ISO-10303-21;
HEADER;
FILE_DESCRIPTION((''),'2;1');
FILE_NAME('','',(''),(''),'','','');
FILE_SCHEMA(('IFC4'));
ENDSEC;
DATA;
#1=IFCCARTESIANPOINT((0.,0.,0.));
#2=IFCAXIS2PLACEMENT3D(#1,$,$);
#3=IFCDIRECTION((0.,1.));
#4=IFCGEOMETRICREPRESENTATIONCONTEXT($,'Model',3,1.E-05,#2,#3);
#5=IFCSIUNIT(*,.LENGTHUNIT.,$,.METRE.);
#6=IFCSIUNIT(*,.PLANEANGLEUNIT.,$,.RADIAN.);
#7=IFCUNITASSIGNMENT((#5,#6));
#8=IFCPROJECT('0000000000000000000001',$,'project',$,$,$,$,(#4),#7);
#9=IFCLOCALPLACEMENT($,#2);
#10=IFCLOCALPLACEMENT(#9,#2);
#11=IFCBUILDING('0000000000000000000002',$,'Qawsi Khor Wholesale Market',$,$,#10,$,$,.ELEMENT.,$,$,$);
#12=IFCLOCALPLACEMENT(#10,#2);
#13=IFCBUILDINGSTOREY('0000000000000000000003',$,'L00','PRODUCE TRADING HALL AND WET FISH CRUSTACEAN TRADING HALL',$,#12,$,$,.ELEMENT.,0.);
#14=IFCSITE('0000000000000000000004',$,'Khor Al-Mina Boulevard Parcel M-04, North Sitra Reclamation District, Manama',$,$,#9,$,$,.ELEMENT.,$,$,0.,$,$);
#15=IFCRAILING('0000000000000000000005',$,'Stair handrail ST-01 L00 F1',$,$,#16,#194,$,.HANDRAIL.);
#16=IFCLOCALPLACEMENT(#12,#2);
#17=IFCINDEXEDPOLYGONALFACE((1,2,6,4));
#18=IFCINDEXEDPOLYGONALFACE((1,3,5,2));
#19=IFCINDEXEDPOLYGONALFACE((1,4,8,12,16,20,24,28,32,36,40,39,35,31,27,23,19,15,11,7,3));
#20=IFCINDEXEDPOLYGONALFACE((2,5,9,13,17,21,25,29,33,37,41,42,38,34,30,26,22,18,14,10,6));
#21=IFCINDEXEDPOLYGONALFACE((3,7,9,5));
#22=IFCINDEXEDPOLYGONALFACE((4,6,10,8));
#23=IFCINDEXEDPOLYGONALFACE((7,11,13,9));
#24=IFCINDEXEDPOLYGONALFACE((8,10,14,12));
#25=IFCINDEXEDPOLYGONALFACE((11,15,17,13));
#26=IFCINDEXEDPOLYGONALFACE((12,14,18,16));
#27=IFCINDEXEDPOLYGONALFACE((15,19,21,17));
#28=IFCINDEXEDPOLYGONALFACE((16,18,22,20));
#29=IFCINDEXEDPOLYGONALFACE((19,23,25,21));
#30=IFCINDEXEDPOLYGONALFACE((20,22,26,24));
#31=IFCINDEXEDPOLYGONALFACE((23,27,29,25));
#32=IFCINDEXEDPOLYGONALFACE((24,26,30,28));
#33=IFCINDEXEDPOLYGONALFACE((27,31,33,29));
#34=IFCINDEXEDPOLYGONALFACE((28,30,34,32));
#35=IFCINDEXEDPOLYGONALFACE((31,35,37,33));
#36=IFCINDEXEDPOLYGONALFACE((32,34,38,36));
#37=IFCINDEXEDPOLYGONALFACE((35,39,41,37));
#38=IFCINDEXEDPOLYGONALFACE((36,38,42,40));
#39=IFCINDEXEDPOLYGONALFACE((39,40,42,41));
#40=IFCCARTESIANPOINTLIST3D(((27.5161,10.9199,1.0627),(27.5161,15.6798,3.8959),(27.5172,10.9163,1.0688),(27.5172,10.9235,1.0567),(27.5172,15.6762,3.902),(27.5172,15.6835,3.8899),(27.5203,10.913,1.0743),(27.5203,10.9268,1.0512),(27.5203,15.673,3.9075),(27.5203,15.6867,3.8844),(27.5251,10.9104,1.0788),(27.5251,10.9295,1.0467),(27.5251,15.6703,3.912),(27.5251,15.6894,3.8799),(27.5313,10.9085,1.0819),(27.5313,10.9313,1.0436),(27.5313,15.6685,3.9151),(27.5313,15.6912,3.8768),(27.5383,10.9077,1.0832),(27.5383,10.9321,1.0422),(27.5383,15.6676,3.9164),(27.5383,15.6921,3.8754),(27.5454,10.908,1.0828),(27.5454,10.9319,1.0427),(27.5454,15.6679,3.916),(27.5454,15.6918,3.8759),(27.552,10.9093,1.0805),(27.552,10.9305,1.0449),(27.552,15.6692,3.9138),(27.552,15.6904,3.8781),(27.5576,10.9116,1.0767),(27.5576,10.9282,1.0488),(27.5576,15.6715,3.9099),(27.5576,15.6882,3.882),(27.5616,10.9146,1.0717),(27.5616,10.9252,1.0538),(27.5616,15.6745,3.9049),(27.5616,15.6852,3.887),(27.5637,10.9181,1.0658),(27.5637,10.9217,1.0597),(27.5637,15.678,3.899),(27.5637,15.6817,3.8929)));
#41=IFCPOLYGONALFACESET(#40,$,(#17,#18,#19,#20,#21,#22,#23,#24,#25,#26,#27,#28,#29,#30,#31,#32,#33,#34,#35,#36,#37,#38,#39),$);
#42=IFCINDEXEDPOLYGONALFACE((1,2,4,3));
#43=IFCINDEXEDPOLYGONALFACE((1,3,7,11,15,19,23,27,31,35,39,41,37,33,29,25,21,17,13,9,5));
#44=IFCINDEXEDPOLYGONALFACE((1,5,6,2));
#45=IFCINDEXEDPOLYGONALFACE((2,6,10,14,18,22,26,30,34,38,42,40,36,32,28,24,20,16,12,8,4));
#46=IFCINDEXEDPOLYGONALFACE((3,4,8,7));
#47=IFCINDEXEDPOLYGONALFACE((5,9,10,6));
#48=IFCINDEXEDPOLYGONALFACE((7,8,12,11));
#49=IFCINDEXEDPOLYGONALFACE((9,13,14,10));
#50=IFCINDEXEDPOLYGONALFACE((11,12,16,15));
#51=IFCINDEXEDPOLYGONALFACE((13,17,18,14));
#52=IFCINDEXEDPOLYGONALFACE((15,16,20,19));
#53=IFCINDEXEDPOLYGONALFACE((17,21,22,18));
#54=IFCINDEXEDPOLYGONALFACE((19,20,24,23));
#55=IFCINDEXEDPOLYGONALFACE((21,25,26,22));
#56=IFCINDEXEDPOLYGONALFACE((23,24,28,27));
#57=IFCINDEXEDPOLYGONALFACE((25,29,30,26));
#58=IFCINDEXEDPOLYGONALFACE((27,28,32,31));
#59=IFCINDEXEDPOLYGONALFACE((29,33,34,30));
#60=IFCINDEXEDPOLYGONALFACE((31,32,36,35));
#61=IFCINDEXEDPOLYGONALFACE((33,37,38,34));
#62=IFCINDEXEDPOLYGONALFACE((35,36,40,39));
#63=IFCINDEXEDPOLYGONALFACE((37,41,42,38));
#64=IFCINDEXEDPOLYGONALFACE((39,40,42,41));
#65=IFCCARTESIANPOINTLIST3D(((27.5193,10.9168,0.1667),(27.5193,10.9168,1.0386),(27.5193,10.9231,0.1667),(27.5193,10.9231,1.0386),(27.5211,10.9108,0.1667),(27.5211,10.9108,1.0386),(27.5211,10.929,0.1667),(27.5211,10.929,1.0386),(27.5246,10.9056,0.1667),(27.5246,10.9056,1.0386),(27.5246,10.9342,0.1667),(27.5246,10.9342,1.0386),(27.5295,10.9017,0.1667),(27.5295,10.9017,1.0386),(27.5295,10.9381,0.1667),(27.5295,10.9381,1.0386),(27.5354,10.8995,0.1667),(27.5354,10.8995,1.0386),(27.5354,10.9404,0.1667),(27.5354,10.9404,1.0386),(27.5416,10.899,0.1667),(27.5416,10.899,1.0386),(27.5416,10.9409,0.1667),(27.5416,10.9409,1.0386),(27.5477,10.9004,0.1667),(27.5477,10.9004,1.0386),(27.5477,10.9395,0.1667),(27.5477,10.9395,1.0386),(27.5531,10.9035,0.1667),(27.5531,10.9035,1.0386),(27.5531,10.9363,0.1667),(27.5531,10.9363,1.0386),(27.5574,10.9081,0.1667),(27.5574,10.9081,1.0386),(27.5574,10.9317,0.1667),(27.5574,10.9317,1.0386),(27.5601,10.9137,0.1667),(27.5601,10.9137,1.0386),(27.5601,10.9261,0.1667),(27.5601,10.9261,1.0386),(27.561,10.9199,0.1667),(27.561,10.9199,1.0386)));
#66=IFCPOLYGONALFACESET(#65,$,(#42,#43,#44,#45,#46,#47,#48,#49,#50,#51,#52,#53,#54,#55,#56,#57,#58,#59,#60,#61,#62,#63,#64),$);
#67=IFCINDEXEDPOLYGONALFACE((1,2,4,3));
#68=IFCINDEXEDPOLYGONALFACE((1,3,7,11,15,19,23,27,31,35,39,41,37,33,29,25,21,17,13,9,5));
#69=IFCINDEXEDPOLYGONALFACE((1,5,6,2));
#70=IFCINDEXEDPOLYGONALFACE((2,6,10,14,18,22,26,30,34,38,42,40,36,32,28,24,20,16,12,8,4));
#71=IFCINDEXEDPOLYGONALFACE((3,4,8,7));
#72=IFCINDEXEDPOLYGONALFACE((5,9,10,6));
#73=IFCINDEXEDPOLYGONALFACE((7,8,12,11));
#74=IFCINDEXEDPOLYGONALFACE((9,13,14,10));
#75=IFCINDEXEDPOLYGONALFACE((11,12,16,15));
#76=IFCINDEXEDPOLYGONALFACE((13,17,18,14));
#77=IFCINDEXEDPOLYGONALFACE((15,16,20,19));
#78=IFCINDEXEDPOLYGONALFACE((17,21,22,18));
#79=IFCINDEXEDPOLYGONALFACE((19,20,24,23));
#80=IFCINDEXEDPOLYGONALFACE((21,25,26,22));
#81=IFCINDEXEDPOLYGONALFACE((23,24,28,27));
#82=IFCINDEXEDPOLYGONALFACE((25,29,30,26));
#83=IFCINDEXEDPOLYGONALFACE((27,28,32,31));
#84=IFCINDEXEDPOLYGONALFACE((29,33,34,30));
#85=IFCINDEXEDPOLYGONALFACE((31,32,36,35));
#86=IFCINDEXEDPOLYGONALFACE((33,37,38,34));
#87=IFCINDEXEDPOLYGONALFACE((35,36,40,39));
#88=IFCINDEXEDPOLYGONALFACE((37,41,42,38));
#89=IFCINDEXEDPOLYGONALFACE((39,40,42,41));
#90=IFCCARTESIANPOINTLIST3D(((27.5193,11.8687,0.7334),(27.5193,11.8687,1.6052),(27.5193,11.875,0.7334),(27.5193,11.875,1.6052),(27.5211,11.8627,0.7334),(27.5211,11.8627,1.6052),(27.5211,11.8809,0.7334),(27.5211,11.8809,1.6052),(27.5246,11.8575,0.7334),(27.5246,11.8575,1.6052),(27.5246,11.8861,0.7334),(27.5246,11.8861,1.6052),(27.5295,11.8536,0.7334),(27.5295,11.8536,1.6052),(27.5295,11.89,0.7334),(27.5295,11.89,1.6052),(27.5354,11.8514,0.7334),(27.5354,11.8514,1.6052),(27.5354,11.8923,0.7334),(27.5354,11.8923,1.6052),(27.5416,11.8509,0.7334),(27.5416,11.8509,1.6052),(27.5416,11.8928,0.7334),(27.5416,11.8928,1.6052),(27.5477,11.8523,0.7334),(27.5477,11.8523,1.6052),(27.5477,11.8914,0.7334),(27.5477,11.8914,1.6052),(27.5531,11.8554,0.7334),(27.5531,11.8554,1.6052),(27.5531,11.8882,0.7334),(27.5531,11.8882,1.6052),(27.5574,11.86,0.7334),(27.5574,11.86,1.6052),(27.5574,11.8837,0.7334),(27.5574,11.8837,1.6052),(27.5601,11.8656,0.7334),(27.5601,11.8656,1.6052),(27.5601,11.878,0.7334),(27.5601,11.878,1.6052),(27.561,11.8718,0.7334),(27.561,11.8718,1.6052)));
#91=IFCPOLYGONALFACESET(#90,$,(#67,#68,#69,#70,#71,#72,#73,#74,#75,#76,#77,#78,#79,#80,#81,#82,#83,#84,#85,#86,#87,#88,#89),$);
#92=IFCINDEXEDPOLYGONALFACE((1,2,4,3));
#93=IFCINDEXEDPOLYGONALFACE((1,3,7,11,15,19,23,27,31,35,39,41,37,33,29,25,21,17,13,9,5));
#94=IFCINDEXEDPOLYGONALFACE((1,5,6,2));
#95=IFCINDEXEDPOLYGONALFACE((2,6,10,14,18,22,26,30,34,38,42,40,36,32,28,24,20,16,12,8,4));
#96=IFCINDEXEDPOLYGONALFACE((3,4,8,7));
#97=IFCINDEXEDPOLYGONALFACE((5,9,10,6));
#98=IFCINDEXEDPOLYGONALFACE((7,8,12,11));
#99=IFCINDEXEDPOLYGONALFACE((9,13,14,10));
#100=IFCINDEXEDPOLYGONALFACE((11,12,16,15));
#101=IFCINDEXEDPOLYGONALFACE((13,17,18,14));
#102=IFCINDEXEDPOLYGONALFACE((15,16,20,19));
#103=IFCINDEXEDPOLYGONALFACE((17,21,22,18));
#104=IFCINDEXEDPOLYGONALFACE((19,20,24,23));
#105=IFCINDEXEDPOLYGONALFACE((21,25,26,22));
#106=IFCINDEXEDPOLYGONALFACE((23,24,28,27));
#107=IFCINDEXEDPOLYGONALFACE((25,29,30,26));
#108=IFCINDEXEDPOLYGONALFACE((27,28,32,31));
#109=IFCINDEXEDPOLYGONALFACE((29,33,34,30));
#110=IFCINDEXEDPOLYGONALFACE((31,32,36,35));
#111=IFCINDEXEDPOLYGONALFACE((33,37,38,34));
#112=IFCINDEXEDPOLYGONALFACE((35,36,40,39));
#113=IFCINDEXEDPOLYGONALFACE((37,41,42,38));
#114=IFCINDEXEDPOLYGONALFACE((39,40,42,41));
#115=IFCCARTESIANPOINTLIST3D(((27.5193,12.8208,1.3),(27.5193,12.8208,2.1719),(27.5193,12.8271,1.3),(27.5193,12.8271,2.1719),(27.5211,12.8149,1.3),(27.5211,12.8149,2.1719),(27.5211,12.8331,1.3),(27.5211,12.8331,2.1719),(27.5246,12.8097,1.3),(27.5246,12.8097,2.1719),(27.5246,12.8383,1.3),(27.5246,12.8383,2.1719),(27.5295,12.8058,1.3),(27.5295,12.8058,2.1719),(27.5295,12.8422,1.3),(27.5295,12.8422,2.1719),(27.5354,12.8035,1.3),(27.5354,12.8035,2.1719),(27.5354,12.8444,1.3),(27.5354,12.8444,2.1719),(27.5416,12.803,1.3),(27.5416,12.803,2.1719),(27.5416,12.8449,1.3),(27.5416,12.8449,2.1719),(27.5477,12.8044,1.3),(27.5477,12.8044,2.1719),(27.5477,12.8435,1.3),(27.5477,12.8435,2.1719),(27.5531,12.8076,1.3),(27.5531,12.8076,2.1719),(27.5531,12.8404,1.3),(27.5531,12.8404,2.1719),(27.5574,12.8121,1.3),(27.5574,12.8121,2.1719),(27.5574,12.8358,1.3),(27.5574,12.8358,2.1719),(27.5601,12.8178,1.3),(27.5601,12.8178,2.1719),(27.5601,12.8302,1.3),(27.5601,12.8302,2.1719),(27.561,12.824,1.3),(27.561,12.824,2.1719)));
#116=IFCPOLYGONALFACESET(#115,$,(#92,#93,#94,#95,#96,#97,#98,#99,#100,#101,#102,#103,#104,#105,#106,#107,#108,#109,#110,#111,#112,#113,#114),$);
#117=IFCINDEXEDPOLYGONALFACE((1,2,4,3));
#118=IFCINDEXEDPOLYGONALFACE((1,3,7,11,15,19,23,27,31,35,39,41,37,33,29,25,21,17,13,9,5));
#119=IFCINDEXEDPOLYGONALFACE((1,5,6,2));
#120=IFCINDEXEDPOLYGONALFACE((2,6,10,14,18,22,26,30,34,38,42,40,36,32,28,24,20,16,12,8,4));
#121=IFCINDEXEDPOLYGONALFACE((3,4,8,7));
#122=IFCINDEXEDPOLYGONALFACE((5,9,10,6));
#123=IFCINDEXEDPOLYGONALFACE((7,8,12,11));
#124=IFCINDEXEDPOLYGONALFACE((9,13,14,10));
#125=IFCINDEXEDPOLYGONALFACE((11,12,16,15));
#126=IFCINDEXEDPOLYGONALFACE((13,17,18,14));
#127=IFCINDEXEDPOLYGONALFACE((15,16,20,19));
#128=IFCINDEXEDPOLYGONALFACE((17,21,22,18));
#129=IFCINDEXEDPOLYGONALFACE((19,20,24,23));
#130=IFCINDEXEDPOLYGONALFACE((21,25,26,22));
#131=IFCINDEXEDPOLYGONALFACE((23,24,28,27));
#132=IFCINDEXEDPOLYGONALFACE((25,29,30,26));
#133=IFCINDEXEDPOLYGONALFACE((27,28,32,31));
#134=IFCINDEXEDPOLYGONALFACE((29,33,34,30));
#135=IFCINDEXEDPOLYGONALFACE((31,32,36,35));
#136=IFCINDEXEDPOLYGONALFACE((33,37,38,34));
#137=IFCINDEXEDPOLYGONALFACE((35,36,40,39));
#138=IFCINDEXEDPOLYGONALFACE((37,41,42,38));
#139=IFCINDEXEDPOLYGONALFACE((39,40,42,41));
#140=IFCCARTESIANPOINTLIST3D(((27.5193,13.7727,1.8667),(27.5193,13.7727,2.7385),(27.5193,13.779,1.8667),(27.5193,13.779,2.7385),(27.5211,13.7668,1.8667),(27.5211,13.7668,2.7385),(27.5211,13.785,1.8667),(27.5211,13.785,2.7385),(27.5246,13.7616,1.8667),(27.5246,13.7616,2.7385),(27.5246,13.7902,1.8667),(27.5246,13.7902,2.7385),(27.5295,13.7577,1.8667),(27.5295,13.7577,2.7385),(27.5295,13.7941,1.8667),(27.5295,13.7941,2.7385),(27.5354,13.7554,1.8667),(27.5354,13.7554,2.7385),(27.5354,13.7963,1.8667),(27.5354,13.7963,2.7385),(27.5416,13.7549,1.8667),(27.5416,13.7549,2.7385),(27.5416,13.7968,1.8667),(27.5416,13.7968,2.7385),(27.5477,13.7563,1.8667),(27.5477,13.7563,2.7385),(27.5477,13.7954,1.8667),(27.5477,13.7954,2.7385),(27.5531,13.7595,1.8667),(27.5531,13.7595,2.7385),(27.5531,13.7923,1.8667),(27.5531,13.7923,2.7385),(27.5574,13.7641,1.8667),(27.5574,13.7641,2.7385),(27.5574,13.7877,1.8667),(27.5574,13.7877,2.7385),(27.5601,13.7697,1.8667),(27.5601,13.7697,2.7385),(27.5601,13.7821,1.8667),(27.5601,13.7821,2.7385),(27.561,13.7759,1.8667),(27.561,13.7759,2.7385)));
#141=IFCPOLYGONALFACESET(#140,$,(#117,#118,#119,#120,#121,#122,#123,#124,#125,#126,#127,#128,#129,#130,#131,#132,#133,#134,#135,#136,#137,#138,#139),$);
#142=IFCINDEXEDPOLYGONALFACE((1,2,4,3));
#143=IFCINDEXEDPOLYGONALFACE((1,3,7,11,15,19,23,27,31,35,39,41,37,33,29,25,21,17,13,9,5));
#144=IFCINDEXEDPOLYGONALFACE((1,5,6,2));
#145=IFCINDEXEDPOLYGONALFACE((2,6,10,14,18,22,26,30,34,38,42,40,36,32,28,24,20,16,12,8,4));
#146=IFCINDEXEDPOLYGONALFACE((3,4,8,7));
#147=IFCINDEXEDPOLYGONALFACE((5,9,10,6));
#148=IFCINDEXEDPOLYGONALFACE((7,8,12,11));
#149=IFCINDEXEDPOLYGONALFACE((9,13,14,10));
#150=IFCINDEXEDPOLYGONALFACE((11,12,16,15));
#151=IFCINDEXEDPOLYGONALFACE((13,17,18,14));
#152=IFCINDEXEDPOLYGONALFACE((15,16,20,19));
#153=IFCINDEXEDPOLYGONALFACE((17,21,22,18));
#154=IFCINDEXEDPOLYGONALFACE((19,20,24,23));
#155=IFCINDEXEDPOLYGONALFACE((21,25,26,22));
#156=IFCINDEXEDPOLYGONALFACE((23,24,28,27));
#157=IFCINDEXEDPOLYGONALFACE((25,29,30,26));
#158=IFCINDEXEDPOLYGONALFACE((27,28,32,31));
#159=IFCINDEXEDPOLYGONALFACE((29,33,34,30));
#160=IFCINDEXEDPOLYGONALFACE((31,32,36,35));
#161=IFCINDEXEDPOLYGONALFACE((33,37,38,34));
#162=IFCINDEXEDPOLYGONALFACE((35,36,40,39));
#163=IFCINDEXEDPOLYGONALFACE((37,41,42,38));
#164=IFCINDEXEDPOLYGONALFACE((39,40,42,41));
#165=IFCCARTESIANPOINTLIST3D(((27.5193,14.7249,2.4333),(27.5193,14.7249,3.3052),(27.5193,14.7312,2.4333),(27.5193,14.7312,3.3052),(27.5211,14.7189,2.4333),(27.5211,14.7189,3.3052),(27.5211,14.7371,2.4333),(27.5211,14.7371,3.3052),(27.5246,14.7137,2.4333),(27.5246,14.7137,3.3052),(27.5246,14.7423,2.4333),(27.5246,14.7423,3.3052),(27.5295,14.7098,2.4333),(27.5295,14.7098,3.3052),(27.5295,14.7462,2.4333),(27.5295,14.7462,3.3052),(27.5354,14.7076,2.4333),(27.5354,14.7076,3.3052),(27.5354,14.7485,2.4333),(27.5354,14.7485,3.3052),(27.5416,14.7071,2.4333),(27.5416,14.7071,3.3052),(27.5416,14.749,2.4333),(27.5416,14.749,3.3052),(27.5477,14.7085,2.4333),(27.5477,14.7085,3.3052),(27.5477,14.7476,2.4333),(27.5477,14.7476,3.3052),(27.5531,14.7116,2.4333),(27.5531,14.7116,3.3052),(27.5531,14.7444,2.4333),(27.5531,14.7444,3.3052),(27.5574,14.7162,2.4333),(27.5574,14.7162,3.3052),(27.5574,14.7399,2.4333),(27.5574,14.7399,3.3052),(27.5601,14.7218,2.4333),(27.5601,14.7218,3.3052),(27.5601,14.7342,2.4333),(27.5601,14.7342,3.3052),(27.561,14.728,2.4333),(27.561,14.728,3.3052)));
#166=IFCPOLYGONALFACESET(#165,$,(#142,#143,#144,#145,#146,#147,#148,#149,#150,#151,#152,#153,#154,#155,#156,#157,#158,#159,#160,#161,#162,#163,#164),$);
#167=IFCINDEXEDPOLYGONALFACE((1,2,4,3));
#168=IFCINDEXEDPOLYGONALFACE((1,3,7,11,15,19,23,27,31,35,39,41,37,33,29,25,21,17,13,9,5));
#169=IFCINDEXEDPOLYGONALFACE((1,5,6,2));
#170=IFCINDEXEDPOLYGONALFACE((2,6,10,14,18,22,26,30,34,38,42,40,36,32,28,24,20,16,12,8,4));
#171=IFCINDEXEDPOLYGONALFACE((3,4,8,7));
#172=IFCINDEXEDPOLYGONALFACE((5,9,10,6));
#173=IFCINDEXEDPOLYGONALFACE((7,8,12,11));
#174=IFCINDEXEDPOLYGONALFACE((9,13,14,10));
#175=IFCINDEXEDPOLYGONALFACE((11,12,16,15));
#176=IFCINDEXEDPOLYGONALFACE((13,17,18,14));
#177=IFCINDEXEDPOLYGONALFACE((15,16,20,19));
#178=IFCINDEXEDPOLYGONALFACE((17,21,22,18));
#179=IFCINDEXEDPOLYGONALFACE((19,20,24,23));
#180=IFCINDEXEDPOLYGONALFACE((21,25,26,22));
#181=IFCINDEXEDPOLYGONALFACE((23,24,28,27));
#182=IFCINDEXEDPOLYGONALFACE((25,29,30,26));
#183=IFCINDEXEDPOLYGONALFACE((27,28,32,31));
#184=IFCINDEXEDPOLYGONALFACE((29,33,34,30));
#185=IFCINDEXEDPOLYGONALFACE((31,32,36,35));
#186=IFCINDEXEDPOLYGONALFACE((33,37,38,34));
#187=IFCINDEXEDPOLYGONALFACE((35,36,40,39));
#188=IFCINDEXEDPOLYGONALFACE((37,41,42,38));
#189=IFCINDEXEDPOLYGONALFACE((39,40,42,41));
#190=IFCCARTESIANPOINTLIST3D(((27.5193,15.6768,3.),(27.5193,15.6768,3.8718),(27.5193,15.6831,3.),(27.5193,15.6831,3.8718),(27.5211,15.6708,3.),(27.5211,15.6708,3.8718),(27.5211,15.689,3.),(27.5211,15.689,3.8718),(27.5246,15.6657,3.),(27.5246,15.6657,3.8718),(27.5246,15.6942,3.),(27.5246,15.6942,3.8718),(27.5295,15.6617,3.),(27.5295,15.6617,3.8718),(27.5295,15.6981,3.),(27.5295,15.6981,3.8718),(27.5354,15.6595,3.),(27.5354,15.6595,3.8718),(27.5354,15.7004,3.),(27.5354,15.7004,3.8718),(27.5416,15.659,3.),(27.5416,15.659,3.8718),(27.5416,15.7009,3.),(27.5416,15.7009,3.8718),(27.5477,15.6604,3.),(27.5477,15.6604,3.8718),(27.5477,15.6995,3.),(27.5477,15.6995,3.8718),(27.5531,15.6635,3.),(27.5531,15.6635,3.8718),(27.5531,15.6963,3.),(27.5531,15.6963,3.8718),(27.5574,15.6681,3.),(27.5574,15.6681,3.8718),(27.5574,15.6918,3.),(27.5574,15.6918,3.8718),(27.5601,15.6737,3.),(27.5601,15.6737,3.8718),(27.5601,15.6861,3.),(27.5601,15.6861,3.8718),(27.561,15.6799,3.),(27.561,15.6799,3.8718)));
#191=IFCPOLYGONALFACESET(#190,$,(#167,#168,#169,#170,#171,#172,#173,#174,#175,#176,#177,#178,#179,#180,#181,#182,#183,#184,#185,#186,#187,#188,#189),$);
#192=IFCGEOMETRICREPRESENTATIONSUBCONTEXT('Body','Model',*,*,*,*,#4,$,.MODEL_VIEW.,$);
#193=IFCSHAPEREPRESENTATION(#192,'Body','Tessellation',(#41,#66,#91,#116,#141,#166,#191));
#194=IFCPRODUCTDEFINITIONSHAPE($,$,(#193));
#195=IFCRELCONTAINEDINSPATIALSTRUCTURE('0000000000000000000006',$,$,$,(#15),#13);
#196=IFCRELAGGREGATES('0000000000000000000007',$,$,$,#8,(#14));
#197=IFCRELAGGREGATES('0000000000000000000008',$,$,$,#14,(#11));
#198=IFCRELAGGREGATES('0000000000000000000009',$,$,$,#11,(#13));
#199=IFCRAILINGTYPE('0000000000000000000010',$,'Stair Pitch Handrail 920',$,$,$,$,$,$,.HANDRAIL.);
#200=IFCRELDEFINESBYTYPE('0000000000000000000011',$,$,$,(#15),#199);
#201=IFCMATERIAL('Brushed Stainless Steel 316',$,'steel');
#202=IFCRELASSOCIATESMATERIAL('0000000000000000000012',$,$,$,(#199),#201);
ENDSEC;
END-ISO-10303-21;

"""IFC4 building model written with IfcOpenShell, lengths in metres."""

from ifc_helpers import new_model, si_unit, direction, frame, origin, origin_2d, place, context, subcontext, project, spatial, circle, extrude, material, type_object, element, save


model = new_model("IFC4")

# Units and contexts
model_context = context("Model", 3, precision=1e-05, world=origin(), true_north=direction((0.0, 1.0)))
body_context = subcontext(model_context, "Body", "Model", "MODEL_VIEW")
ifc_project = project(units=[si_unit("LENGTHUNIT", "METRE"), si_unit("PLANEANGLEUNIT", "RADIAN")], contexts=[model_context])

# Site, building, storey
site_placement = place(None, origin())
site = spatial("IfcSite", under=ifc_project, at=site_placement, Name="Khor Al-Mina Boulevard Parcel M-04, North Sitra Reclamation District, Manama", CompositionType="ELEMENT", RefElevation=0.0)
building_placement = place(site_placement, origin())
building = spatial("IfcBuilding", under=site, at=building_placement, Name="Qawsi Khor Wholesale Market", CompositionType="ELEMENT")
storey_placement = place(building_placement, origin())
storey = spatial("IfcBuildingStorey", under=building, at=storey_placement, Name="L00", Description="PRODUCE TRADING HALL AND WET FISH CRUSTACEAN TRADING HALL", CompositionType="ELEMENT", Elevation=0.0)

# Railing
ifc_material_1 = material(Name="Brushed Stainless Steel 316", Category="steel")
railing_type = type_object("IfcRailingType", Name="Stair Pitch Handrail 920", PredefinedType="HANDRAIL", material=ifc_material_1)
railing_1_placement = place(storey_placement, frame((27.54, 10.9199, 0.1667)))
element("IfcRailing", 1, at=railing_1_placement, inside=storey, type_object=railing_type, Name="Stair handrail ST-01 L00 F1", PredefinedType="HANDRAIL", context=body_context, shape_type="SweptSolid", body=[
    extrude(circle(Radius=0.0239, at=origin_2d()), frame((0.0, 0.0, 0.896), z_axis=(0.0, 0.8593, 0.511472), x_axis=(-1.0, 0.0, 0.0)), (0.0, 0.0, 1.0), 5.5393),
    extrude(circle(Radius=0.021, at=origin_2d()), origin(), (0.0, 0.0, 1.0), 0.8718),
    extrude(circle(Radius=0.021, at=origin_2d()), frame((0.0, 0.9519, 0.5667)), (0.0, 0.0, 1.0), 0.8718),
    extrude(circle(Radius=0.021, at=origin_2d()), frame((0.0, 1.9041, 1.1333)), (0.0, 0.0, 1.0), 0.8718),
    extrude(circle(Radius=0.021, at=origin_2d()), frame((0.0, 2.856, 1.7)), (0.0, 0.0, 1.0), 0.8718),
    extrude(circle(Radius=0.021, at=origin_2d()), frame((0.0, 3.8081, 2.2666)), (0.0, 0.0, 1.0), 0.8718),
    extrude(circle(Radius=0.021, at=origin_2d()), frame((0.0, 4.76, 2.8333)), (0.0, 0.0, 1.0), 0.8718),
])

save(model, "model.ifc")
